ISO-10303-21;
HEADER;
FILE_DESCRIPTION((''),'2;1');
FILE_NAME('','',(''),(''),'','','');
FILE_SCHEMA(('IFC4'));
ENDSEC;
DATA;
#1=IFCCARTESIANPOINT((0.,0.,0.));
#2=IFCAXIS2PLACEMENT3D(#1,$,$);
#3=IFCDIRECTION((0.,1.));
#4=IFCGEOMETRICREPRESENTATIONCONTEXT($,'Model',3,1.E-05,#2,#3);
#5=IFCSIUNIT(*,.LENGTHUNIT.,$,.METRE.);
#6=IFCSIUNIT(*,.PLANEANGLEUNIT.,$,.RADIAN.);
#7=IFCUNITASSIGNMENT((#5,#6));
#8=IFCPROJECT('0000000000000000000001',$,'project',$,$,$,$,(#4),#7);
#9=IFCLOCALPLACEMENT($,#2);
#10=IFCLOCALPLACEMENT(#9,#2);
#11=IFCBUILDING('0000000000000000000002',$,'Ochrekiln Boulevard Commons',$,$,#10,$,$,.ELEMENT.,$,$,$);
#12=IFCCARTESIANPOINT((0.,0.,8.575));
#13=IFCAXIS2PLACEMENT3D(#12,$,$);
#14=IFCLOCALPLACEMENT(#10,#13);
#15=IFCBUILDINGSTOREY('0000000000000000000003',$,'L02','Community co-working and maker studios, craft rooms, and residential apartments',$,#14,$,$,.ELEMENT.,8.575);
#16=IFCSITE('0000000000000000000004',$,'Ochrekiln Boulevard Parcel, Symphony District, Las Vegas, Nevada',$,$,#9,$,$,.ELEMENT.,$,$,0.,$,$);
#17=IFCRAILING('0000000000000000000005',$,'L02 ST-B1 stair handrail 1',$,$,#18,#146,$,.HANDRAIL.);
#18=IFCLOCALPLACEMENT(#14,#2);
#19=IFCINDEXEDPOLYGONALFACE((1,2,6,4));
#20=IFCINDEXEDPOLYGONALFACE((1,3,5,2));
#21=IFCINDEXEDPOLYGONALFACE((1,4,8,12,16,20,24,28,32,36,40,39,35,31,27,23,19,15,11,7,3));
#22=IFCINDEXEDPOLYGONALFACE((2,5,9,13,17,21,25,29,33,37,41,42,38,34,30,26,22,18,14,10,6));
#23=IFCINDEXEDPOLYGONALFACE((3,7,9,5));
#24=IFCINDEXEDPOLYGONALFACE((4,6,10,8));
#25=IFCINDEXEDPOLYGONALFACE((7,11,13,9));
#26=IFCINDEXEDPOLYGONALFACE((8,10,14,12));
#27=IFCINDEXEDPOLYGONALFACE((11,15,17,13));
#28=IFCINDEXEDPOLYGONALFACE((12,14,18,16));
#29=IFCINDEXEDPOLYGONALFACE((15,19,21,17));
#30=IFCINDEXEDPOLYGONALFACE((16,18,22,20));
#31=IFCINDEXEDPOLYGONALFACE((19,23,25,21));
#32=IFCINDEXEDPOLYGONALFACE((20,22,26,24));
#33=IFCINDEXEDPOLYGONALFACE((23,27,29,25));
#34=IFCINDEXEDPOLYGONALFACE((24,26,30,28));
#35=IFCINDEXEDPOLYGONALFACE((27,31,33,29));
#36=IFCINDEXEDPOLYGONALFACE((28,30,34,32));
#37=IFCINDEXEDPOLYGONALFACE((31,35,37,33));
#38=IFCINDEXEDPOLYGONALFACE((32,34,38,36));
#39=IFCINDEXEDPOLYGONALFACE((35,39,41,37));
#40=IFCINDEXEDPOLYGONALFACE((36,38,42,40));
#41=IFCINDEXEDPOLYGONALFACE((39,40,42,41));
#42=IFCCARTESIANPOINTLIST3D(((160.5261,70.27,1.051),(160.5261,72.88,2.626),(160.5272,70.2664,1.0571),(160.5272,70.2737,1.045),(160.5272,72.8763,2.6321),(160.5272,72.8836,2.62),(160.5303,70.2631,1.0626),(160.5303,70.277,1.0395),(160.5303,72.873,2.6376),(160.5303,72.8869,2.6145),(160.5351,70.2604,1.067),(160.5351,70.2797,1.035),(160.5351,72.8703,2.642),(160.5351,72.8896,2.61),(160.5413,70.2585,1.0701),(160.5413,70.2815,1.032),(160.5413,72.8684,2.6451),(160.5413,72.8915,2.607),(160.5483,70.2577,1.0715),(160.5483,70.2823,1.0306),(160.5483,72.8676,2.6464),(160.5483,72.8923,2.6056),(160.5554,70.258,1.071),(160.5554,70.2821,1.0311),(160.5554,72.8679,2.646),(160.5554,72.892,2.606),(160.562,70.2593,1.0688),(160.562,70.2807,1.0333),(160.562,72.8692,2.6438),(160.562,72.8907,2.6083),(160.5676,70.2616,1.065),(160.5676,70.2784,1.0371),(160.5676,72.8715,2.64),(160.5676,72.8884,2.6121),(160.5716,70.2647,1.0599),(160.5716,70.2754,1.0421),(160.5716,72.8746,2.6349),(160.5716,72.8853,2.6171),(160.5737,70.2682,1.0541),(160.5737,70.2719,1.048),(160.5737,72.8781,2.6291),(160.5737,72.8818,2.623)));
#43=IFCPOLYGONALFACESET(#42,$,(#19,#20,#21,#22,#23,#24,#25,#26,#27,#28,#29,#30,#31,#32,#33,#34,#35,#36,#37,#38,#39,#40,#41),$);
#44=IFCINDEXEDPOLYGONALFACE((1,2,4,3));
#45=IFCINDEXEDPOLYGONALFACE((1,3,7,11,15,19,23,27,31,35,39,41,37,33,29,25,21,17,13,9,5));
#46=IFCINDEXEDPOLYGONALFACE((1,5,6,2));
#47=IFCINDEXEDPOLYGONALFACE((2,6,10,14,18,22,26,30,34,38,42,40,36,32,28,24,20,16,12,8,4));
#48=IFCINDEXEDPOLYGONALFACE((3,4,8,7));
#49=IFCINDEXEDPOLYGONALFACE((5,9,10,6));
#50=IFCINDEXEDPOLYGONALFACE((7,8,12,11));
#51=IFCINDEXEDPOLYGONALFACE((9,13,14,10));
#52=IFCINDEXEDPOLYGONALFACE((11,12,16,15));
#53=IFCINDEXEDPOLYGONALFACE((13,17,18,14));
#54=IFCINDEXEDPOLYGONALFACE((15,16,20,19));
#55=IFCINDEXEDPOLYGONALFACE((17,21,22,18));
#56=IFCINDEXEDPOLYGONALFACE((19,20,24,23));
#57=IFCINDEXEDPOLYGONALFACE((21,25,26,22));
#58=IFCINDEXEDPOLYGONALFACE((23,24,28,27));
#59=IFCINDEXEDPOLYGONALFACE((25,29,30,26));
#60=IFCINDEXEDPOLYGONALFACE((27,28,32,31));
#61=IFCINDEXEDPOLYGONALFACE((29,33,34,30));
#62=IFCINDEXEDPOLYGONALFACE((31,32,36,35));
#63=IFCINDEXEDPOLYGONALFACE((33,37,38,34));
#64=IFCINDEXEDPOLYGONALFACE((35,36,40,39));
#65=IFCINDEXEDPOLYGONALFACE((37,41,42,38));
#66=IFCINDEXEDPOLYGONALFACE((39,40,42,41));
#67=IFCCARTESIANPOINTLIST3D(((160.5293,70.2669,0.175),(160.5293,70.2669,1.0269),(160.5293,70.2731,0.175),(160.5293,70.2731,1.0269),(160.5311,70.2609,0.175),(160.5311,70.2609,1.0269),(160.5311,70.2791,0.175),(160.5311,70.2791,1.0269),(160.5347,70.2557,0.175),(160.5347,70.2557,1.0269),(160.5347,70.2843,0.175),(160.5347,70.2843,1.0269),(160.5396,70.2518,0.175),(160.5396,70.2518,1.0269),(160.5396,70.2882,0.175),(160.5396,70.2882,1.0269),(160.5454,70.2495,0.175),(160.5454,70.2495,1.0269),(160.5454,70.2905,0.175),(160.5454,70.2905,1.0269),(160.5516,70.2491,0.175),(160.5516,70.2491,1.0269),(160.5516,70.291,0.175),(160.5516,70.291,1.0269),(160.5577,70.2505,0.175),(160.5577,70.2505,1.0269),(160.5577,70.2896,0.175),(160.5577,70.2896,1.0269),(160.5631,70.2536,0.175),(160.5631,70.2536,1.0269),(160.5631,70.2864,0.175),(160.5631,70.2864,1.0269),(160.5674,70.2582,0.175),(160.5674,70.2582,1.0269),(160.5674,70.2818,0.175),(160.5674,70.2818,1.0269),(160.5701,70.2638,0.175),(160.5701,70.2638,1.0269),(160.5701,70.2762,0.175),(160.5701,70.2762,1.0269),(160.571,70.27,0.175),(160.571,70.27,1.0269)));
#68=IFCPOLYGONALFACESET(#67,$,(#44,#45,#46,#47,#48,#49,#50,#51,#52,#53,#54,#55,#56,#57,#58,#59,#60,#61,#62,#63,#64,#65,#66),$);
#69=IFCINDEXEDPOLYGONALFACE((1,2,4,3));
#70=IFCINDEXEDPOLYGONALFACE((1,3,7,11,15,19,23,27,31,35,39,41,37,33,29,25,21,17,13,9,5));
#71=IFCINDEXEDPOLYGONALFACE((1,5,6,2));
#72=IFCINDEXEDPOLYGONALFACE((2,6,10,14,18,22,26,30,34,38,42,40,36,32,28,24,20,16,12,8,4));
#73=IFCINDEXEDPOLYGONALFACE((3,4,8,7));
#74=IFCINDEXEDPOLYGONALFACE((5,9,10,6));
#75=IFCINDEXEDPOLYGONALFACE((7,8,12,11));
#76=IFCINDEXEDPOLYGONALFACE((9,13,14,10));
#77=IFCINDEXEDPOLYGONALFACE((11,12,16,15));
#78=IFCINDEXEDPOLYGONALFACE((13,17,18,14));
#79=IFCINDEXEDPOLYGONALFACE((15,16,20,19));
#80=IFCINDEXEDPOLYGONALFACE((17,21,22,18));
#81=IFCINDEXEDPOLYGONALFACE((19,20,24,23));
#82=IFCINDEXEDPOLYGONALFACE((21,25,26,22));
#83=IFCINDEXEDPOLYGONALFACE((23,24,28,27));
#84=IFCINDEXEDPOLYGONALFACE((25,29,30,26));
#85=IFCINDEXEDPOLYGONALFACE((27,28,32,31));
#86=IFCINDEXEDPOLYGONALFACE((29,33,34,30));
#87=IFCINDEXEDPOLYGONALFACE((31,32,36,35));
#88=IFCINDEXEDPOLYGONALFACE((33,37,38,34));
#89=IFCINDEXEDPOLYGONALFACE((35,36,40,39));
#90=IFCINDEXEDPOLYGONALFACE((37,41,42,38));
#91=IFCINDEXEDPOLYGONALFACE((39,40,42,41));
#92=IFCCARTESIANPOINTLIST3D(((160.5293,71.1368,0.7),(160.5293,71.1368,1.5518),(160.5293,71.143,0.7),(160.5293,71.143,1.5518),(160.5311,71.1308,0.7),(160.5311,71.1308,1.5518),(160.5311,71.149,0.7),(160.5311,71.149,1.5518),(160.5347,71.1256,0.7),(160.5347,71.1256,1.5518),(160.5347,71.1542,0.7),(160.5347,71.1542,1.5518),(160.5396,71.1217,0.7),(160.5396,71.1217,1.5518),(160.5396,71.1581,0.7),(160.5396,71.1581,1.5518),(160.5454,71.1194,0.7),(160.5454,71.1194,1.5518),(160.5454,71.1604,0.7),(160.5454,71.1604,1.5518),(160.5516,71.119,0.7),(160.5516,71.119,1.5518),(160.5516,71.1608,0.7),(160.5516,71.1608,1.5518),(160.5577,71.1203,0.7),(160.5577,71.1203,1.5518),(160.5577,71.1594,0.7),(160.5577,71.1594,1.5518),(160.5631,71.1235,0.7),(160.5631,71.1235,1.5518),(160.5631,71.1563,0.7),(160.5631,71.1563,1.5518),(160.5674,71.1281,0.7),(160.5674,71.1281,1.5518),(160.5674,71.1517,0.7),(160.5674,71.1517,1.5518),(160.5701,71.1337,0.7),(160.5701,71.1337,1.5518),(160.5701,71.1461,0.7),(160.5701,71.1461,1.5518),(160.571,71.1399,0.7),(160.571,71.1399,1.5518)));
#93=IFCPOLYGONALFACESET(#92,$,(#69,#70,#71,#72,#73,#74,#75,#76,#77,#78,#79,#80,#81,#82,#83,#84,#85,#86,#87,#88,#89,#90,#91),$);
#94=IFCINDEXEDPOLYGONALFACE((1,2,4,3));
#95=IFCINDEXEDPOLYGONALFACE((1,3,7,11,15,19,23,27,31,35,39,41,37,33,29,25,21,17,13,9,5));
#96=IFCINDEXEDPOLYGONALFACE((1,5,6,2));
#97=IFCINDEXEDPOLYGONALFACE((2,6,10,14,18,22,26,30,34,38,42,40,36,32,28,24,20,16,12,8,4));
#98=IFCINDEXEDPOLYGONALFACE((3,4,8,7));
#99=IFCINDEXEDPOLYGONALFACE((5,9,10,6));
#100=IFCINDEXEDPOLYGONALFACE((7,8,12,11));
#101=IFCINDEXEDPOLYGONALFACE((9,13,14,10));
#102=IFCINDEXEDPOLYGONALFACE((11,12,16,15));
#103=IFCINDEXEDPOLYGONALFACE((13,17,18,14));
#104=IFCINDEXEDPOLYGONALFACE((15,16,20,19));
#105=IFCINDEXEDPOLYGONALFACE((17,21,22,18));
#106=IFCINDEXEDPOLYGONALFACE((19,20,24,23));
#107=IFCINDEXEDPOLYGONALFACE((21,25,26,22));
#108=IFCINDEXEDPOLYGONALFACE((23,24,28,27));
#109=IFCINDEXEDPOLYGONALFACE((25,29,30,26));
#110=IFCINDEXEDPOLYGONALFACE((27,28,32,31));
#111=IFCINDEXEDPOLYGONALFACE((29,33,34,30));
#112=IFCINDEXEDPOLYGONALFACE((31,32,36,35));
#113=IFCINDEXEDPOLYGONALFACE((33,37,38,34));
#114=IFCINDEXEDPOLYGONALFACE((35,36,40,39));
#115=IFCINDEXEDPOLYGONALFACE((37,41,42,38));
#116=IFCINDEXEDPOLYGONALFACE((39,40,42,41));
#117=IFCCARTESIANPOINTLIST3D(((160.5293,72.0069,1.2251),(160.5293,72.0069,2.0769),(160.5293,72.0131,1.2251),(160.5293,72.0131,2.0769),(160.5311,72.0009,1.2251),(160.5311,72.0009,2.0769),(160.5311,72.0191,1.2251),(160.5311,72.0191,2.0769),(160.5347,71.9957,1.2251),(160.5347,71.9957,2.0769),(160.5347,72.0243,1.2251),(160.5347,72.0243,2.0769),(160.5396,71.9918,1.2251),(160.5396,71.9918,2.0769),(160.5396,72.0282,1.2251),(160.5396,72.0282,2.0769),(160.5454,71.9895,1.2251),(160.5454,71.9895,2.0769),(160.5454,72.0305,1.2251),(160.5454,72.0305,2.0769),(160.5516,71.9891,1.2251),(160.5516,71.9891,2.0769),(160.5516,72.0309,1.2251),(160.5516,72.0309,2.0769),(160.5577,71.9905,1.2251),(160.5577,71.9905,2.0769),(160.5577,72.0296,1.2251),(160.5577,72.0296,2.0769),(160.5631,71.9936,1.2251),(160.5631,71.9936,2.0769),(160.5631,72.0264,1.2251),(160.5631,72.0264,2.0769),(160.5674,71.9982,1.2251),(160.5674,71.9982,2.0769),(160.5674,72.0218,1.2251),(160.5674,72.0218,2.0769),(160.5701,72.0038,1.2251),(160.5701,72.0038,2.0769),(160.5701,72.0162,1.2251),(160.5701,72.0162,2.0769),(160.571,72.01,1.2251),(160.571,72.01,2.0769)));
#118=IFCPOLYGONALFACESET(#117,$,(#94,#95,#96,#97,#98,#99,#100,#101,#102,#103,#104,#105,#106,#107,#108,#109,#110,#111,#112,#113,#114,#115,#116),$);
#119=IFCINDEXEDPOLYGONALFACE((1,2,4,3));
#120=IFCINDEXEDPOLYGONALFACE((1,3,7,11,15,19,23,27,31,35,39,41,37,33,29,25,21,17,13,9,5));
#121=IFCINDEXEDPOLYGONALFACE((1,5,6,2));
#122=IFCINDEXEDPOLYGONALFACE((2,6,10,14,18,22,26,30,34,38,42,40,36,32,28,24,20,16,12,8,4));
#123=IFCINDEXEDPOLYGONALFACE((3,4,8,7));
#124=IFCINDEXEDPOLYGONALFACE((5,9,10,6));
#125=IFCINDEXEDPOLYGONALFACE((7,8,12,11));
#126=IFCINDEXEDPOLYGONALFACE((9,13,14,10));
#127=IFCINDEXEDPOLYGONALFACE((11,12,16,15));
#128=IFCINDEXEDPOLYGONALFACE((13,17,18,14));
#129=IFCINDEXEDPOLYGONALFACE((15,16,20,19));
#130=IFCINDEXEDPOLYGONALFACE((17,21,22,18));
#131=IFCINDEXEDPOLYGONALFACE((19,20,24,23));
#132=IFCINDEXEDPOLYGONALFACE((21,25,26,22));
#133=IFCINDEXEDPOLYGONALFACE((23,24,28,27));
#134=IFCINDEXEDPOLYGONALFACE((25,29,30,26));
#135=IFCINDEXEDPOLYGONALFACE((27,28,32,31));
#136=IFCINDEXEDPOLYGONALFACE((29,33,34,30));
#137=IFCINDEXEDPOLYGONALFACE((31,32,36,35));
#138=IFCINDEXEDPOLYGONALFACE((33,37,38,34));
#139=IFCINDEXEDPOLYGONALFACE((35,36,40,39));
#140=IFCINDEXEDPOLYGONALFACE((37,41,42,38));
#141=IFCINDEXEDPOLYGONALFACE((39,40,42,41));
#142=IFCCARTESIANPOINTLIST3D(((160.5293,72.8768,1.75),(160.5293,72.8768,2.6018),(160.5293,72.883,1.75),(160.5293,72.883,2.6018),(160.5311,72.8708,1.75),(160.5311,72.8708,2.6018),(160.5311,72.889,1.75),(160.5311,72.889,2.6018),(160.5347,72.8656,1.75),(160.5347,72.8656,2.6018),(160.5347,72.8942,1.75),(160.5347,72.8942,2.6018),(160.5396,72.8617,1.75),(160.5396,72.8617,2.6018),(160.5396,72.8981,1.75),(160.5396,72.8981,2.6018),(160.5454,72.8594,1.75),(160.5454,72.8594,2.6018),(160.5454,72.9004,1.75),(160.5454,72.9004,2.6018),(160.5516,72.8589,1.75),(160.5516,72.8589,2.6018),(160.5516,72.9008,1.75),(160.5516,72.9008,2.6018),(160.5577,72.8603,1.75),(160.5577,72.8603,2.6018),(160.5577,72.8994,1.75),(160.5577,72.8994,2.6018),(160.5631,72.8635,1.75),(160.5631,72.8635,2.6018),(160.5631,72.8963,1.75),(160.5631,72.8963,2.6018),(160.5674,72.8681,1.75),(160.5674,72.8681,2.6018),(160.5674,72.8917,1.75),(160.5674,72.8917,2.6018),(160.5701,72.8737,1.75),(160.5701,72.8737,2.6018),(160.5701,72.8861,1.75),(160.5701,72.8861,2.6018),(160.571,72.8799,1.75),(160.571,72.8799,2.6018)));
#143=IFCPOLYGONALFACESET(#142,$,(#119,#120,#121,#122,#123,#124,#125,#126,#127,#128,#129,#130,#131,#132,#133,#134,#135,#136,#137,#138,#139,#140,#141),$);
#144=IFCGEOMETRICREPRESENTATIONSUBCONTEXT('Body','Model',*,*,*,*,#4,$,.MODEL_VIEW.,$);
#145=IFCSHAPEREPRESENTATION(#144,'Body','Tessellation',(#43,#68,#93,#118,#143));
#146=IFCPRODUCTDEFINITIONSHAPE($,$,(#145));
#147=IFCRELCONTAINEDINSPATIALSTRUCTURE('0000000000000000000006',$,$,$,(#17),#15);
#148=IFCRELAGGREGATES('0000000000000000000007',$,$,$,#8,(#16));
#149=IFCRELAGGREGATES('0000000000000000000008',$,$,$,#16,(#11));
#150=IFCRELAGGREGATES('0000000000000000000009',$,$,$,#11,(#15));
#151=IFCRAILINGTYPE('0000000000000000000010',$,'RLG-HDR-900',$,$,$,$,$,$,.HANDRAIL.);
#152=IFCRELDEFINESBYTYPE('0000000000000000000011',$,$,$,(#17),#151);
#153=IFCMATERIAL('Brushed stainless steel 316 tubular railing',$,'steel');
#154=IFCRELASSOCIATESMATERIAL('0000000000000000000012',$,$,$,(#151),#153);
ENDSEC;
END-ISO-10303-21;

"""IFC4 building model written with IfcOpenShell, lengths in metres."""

from ifc_helpers import new_model, si_unit, direction, frame, origin, origin_2d, place, context, subcontext, project, spatial, circle, extrude, material, type_object, element, save


model = new_model("IFC4")

# Units and contexts
model_context = context("Model", 3, precision=1e-05, world=origin(), true_north=direction((0.0, 1.0)))
body_context = subcontext(model_context, "Body", "Model", "MODEL_VIEW")
ifc_project = project(units=[si_unit("LENGTHUNIT", "METRE"), si_unit("PLANEANGLEUNIT", "RADIAN")], contexts=[model_context])

# Site, building, storey
site_placement = place(None, origin())
site = spatial("IfcSite", under=ifc_project, at=site_placement, Name="Ochrekiln Boulevard Parcel, Symphony District, Las Vegas, Nevada", CompositionType="ELEMENT", RefElevation=0.0)
building_placement = place(site_placement, origin())
building = spatial("IfcBuilding", under=site, at=building_placement, Name="Ochrekiln Boulevard Commons", CompositionType="ELEMENT")
storey_placement = place(building_placement, frame((0.0, 0.0, 8.575)))
storey = spatial("IfcBuildingStorey", under=building, at=storey_placement, Name="L02", Description="Community co-working and maker studios, craft rooms, and residential apartments", CompositionType="ELEMENT", Elevation=8.575)

# Railing
ifc_material_1 = material(Name="Brushed stainless steel 316 tubular railing", Category="steel")
railing_type_1 = type_object("IfcRailingType", Name="RLG-HDR-900", PredefinedType="HANDRAIL", material=ifc_material_1)
railing_1_placement = place(storey_placement, frame((160.55, 70.27, 0.175)))
element("IfcRailing", 1, at=railing_1_placement, inside=storey, type_object=railing_type_1, Name="L02 ST-B1 stair handrail 1", PredefinedType="HANDRAIL", context=body_context, shape_type="SweptSolid", body=[
    extrude(circle(Radius=0.0239, at=origin_2d()), frame((0.0, 0.0, 0.876), z_axis=(0.0, 0.856183, 0.516673), x_axis=(-1.0, 0.0, 0.0)), (0.0, 0.0, 1.0), 3.0483),
    extrude(circle(Radius=0.021, at=origin_2d()), origin(), (0.0, 0.0, 1.0), 0.8518),
    extrude(circle(Radius=0.021, at=origin_2d()), frame((0.0, 0.8699, 0.5249)), (0.0, 0.0, 1.0), 0.8518),
    extrude(circle(Radius=0.021, at=origin_2d()), frame((0.0, 1.74, 1.05)), (0.0, 0.0, 1.0), 0.8518),
    extrude(circle(Radius=0.021, at=origin_2d()), frame((0.0, 2.6099, 1.575)), (0.0, 0.0, 1.0), 0.8518),
])

save(model, "model.ifc")
